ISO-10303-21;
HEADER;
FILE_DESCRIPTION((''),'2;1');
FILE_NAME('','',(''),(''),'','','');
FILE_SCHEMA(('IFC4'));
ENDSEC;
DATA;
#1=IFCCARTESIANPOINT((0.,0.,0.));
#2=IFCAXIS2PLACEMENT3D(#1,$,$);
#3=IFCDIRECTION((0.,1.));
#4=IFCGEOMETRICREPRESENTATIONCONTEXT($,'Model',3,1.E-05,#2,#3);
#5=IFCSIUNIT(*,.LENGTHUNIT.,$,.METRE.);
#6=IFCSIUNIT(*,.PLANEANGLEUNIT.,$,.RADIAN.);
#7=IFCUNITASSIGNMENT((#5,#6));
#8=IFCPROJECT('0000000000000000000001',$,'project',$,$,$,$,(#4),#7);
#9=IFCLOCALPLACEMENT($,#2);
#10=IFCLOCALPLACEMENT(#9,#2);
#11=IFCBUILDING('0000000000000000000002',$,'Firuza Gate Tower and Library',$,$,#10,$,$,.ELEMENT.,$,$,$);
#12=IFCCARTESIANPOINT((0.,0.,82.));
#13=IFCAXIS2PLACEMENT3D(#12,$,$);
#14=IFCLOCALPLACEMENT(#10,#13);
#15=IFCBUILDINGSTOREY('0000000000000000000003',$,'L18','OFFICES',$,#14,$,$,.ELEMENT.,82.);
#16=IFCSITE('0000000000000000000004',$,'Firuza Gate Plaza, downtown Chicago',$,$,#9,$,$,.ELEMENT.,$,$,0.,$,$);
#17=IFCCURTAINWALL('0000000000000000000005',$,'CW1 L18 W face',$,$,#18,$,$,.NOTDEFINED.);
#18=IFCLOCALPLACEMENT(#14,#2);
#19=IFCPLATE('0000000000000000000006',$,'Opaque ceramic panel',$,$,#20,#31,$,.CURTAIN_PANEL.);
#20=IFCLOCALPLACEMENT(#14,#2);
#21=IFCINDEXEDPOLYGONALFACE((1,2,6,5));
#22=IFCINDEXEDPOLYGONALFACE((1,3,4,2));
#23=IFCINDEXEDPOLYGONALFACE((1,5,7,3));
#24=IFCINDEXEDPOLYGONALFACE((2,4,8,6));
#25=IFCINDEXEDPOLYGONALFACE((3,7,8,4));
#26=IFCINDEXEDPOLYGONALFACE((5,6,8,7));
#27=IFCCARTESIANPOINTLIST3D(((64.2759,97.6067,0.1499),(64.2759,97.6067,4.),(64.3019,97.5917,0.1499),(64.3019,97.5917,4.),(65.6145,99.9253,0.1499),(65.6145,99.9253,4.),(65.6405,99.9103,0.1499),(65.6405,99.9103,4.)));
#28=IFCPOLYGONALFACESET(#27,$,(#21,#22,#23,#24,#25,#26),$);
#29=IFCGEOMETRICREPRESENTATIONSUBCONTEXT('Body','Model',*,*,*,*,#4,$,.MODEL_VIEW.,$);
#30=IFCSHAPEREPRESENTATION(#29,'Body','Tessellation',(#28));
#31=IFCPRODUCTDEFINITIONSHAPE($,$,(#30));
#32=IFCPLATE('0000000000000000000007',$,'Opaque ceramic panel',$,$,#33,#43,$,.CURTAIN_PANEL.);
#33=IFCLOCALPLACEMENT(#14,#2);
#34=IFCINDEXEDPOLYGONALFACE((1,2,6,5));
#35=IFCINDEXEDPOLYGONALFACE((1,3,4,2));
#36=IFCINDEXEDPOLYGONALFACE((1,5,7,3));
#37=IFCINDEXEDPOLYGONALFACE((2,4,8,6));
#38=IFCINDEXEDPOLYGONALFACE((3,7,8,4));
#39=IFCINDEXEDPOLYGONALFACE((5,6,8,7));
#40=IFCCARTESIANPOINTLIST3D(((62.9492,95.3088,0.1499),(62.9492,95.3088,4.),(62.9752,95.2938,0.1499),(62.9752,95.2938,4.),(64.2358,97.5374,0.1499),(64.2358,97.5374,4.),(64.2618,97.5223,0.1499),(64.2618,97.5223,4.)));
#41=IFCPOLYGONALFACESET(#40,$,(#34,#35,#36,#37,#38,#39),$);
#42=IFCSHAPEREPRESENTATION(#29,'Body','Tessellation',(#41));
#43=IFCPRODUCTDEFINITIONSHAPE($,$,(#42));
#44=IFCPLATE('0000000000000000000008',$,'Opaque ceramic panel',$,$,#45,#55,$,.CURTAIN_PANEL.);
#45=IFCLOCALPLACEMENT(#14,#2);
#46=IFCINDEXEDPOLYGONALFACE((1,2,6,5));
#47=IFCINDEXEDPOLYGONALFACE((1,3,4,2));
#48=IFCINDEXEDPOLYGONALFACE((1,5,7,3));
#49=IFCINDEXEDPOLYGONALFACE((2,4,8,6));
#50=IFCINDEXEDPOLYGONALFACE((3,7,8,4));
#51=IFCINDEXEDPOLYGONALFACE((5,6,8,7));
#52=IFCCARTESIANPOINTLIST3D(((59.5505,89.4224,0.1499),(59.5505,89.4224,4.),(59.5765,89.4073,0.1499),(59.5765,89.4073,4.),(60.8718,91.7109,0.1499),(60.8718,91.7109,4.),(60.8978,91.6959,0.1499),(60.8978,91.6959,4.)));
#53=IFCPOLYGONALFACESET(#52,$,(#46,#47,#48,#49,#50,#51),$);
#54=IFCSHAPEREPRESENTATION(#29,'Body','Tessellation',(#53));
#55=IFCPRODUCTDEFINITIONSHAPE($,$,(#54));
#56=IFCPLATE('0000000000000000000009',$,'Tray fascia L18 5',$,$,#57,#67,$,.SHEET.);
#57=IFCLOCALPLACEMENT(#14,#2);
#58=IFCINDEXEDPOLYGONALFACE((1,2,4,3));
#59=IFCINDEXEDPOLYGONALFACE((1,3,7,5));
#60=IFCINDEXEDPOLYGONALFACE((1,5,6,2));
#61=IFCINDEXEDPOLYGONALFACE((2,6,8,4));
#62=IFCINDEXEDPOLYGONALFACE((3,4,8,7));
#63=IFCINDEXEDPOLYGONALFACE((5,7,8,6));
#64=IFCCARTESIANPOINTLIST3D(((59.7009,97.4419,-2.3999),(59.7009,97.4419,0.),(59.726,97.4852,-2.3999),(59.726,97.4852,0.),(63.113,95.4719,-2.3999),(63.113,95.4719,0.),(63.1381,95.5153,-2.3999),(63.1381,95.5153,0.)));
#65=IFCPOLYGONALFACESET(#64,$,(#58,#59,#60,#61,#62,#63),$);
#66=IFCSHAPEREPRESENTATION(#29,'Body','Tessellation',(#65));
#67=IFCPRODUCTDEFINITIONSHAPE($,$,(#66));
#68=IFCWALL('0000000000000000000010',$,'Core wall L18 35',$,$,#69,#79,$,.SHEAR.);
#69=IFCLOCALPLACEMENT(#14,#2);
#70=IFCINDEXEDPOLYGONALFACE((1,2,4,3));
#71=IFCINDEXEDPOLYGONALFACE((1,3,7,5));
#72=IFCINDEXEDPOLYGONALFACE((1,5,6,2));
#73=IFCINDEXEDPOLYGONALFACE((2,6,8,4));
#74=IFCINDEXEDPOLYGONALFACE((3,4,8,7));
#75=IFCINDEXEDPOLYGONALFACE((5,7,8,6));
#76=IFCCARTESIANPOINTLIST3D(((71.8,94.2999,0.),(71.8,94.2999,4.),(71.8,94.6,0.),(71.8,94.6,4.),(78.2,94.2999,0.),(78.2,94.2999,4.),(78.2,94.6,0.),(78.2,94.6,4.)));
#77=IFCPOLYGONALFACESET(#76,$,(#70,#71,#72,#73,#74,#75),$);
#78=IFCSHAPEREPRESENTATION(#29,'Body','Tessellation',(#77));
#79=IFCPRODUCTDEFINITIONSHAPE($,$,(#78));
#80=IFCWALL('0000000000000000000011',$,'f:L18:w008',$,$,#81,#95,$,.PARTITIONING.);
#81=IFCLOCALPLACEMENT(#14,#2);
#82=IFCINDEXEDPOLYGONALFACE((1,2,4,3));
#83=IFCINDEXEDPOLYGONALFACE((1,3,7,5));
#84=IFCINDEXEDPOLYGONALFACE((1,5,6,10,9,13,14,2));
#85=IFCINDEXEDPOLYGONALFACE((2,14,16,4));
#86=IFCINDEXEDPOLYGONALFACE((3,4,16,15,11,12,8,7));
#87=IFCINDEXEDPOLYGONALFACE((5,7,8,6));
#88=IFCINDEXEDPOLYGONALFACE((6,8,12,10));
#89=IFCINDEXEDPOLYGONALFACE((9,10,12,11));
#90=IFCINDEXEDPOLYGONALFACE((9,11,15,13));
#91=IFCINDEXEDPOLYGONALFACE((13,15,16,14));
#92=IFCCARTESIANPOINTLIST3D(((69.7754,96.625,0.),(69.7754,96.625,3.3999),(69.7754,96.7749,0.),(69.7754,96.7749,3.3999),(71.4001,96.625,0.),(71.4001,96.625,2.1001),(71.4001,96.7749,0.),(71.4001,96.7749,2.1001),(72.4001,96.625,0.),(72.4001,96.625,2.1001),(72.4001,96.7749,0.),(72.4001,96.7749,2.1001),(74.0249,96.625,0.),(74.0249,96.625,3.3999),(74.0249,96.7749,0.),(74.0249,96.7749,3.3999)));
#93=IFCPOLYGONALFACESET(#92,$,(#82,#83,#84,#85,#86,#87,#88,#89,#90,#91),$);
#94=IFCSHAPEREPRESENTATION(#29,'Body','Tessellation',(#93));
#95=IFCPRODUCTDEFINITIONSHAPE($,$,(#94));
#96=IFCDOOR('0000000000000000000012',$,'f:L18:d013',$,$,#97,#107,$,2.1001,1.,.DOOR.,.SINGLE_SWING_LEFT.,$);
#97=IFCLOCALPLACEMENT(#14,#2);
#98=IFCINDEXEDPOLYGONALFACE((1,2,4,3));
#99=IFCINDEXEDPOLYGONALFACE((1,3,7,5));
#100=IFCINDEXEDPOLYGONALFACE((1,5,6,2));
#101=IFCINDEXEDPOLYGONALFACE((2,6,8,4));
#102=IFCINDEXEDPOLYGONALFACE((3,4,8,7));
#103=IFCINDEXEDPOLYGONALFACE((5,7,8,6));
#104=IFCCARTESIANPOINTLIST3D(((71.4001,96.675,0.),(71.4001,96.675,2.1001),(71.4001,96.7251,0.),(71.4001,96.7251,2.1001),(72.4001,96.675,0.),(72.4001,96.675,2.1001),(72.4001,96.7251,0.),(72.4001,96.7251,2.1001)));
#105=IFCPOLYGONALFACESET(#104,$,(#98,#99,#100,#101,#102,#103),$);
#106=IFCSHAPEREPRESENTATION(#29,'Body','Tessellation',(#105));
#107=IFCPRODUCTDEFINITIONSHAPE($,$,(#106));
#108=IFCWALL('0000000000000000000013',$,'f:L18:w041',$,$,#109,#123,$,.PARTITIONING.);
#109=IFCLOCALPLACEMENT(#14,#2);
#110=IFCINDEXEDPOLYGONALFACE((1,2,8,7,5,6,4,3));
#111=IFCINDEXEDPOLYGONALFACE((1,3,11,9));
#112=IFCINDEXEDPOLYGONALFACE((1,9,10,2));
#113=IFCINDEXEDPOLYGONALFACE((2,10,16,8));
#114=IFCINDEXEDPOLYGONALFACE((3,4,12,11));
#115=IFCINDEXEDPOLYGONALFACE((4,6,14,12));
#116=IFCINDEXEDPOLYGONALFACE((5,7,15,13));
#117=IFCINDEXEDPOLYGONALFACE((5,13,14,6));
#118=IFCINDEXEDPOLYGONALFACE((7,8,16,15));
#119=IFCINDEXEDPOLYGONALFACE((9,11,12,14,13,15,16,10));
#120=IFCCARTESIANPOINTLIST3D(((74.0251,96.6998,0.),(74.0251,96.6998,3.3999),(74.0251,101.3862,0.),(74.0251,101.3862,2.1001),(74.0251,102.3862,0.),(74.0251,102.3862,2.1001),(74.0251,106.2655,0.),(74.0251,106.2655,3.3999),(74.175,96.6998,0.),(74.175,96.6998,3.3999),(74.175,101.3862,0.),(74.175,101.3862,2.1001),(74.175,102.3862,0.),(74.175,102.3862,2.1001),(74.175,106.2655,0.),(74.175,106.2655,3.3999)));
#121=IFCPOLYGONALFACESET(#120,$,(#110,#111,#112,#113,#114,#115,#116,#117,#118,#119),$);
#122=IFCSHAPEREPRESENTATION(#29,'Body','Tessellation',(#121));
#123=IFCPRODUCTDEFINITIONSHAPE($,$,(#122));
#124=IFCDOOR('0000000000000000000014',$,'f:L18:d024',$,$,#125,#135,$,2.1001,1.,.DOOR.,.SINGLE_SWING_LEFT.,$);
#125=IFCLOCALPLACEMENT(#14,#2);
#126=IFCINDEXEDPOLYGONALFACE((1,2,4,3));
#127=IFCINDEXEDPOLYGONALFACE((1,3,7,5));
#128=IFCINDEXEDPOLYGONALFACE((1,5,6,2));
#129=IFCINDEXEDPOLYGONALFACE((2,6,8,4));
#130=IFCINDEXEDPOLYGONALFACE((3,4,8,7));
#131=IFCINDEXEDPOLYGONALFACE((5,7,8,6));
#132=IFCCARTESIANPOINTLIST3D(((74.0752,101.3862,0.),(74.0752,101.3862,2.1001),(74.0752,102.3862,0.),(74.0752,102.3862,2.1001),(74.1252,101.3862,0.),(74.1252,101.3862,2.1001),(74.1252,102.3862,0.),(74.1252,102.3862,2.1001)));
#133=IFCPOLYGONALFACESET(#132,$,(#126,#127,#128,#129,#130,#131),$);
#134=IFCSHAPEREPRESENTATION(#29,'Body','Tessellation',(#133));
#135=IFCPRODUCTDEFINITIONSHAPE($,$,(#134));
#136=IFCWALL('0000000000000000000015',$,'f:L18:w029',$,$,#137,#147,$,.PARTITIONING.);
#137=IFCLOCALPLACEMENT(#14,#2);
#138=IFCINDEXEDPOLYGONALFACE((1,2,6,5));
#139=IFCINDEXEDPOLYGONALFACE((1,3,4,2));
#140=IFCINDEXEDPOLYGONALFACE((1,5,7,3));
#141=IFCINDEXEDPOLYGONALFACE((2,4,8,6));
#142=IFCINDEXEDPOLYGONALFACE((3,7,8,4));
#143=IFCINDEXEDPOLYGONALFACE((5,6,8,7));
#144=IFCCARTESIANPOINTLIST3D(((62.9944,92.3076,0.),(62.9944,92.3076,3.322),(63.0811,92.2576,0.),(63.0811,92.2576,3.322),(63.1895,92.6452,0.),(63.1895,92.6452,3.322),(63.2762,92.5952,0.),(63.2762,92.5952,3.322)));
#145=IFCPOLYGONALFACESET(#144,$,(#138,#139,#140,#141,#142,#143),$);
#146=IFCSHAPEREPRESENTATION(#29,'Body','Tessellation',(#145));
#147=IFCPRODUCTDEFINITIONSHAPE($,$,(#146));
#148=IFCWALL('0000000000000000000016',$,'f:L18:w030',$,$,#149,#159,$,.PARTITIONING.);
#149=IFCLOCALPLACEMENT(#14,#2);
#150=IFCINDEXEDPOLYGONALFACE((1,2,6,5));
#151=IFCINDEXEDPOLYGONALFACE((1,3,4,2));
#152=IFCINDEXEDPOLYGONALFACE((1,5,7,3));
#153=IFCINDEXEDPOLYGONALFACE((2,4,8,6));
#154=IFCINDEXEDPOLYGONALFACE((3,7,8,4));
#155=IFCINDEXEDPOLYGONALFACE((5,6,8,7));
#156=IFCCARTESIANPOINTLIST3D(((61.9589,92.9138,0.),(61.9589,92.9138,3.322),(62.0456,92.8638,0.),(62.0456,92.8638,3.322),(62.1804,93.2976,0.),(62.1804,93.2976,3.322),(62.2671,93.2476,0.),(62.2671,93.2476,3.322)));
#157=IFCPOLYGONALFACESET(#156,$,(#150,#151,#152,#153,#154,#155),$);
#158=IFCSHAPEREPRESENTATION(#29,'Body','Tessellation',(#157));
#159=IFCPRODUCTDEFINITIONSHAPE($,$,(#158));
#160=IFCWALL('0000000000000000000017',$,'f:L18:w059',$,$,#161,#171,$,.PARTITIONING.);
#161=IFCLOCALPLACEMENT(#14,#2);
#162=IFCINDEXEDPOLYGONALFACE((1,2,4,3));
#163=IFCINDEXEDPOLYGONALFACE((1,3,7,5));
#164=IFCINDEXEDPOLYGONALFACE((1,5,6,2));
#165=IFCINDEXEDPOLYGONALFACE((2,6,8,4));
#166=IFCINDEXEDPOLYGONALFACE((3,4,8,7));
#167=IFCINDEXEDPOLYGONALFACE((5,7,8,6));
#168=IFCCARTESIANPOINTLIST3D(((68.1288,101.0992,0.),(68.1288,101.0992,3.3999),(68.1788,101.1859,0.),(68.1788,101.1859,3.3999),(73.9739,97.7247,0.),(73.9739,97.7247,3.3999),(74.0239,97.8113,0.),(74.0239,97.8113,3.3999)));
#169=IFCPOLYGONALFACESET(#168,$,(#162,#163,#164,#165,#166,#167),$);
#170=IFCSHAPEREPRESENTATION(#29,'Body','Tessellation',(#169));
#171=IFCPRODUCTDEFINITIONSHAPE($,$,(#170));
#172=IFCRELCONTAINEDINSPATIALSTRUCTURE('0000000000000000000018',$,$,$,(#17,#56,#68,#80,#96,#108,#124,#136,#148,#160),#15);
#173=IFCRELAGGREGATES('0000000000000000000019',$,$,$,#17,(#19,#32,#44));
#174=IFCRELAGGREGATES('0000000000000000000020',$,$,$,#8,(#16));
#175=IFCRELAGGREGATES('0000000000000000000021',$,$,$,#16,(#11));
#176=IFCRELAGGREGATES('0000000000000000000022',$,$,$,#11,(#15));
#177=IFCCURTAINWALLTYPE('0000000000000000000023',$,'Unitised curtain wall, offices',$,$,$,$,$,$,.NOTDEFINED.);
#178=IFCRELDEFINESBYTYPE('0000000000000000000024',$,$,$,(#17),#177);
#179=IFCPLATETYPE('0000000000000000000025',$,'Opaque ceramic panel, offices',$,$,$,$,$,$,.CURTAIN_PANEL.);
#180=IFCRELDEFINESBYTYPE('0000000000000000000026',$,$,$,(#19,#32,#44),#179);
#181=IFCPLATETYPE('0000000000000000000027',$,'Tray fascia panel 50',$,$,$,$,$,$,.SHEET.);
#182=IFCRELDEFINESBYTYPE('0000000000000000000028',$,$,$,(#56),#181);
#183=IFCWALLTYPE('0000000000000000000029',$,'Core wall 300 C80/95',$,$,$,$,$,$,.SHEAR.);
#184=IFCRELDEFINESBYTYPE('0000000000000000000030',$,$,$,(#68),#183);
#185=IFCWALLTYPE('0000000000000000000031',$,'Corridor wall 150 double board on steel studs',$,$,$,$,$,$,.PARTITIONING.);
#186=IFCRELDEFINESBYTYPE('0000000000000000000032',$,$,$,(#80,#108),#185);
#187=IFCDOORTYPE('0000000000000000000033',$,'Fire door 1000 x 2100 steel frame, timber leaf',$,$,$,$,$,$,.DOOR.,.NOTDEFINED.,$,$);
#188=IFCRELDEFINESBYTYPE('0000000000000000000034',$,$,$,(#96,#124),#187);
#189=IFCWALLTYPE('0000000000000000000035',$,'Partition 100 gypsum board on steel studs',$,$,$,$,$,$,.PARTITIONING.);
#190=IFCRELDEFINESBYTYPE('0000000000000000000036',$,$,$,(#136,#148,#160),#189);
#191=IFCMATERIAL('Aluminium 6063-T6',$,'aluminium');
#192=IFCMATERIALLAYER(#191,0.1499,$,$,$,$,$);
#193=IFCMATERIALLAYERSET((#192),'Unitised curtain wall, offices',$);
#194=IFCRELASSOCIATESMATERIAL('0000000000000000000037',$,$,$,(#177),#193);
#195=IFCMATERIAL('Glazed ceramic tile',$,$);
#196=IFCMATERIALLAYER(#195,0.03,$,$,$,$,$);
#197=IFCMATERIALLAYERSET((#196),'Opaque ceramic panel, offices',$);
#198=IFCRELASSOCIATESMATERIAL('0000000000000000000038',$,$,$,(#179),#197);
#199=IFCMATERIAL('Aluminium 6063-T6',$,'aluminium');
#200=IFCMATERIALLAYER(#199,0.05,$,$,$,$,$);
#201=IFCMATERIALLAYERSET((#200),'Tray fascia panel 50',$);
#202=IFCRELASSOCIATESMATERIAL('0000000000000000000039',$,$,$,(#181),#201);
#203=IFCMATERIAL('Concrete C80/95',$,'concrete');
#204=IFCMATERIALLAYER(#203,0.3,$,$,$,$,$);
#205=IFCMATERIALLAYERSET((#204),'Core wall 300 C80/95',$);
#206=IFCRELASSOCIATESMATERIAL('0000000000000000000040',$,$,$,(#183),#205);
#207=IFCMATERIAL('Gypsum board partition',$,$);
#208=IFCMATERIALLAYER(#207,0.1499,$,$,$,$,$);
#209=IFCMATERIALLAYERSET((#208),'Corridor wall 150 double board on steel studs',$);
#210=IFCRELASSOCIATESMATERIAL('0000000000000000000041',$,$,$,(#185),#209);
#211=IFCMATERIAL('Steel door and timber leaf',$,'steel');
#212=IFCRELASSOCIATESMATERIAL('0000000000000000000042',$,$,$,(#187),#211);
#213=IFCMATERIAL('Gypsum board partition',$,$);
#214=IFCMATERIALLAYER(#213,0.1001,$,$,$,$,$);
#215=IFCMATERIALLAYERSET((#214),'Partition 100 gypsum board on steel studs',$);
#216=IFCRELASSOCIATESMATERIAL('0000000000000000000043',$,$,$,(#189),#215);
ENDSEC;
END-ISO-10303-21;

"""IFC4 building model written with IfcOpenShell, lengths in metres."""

from ifc_helpers import new_model, si_unit, direction, frame, frame_2d, origin, place, context, subcontext, project, spatial, polyline, rectangle, outline, extrude, material, layer, layer_set, type_object, element, fill, aggregate, save


model = new_model("IFC4")

# Units and contexts
model_context = context("Model", 3, precision=1e-05, world=origin(), true_north=direction((0.0, 1.0)))
body_context = subcontext(model_context, "Body", "Model", "MODEL_VIEW")
ifc_project = project(units=[si_unit("LENGTHUNIT", "METRE"), si_unit("PLANEANGLEUNIT", "RADIAN")], contexts=[model_context])

# Site, building, storey
site_placement = place(None, origin())
site = spatial("IfcSite", under=ifc_project, at=site_placement, Name="Firuza Gate Plaza, downtown Chicago", CompositionType="ELEMENT", RefElevation=0.0)
building_placement = place(site_placement, origin())
building = spatial("IfcBuilding", under=site, at=building_placement, Name="Firuza Gate Tower and Library", CompositionType="ELEMENT")
storey_placement = place(building_placement, frame((0.0, 0.0, 82.0)))
storey = spatial("IfcBuildingStorey", under=building, at=storey_placement, Name="L18", Description="OFFICES", CompositionType="ELEMENT", Elevation=82.0)

# Curtain wall
ifc_material_1 = material(Name="Aluminium 6063-T6", Category="aluminium")
ifc_layer_1 = layer(ifc_material_1, 0.1499)
ifc_layer_set_1 = layer_set([ifc_layer_1], Name="Unitised curtain wall, offices")
curtain_wall_type = type_object("IfcCurtainWallType", Name="Unitised curtain wall, offices", PredefinedType="NOTDEFINED", material=ifc_layer_set_1)
placement = place(storey_placement, origin())
curtain_wall = element("IfcCurtainWall", 1, at=placement, inside=storey, type_object=curtain_wall_type, Name="CW1 L18 W face", PredefinedType="NOTDEFINED")

# Plates
ifc_material_2 = material(Name="Glazed ceramic tile")
ifc_layer_2 = layer(ifc_material_2, 0.03)
ifc_layer_set_2 = layer_set([ifc_layer_2], Name="Opaque ceramic panel, offices")
plate_type_1 = type_object("IfcPlateType", Name="Opaque ceramic panel, offices", PredefinedType="CURTAIN_PANEL", material=ifc_layer_set_2)
plate_1_placement = place(storey_placement, frame((65.6145, 99.9253, 0.1499), z_axis=(-0.866029, 0.499993, 0.0), x_axis=(-0.499993, -0.866029, 0.0)))
plate_1 = element("IfcPlate", 2, at=plate_1_placement, type_object=plate_type_1, Name="Opaque ceramic panel", PredefinedType="CURTAIN_PANEL", context=body_context, shape_type="SweptSolid", body=[
    extrude(outline(polyline([(0.0, 0.0), (2.6773, 0.0), (2.6773, 3.8501), (0.0, 3.8501), (0.0, 0.0)])), origin(), (0.0, 0.0, -1.0), 0.03),
])
plate_2_placement = place(storey_placement, frame((64.2358, 97.5374, 0.1499), z_axis=(-0.866028, 0.499996, 0.0), x_axis=(-0.499996, -0.866028, 0.0)))
plate_2 = element("IfcPlate", 3, at=plate_2_placement, type_object=plate_type_1, Name="Opaque ceramic panel", PredefinedType="CURTAIN_PANEL", context=body_context, shape_type="SweptSolid", body=[
    extrude(outline(polyline([(0.0, 0.0), (2.5733, 0.0), (2.5733, 3.8501), (0.0, 3.8501), (0.0, 0.0)])), origin(), (0.0, 0.0, -1.0), 0.03),
])
plate_3_placement = place(storey_placement, frame((60.8718, 91.7109, 0.1499), z_axis=(-0.866029, 0.499994, 0.0), x_axis=(-0.499994, -0.866029, 0.0)))
plate_3 = element("IfcPlate", 4, at=plate_3_placement, type_object=plate_type_1, Name="Opaque ceramic panel", PredefinedType="CURTAIN_PANEL", context=body_context, shape_type="SweptSolid", body=[
    extrude(outline(polyline([(0.0, 0.0), (2.6426, 0.0), (2.6426, 3.8501), (0.0, 3.8501), (0.0, 0.0)])), origin(), (0.0, 0.0, -1.0), 0.03),
])
aggregate(curtain_wall, [plate_1, plate_2, plate_3])
ifc_material_3 = material(Name="Aluminium 6063-T6", Category="aluminium")
ifc_layer_3 = layer(ifc_material_3, 0.05)
ifc_layer_set_3 = layer_set([ifc_layer_3], Name="Tray fascia panel 50")
plate_type_2 = type_object("IfcPlateType", Name="Tray fascia panel 50", PredefinedType="SHEET", material=ifc_layer_set_3)
plate_4_placement = place(storey_placement, frame((59.7009, 97.4419, -2.3999), z_axis=(-0.499998, -0.866027, 0.0), x_axis=(0.866027, -0.499998, 0.0)))
element("IfcPlate", 5, at=plate_4_placement, inside=storey, type_object=plate_type_2, Name="Tray fascia L18 5", PredefinedType="SHEET", context=body_context, shape_type="SweptSolid", body=[
    extrude(outline(polyline([(0.0, 0.0), (3.94, 0.0), (3.94, 2.3999), (0.0, 2.3999), (0.0, 0.0)])), origin(), (0.0, 0.0, -1.0), 0.05),
])

# Wall
ifc_material_4 = material(Name="Concrete C80/95", Category="concrete")
ifc_layer_4 = layer(ifc_material_4, 0.3)
ifc_layer_set_4 = layer_set([ifc_layer_4], Name="Core wall 300 C80/95")
wall_type_1 = type_object("IfcWallType", Name="Core wall 300 C80/95", PredefinedType="SHEAR", material=ifc_layer_set_4)
wall_1_placement = place(storey_placement, frame((71.8, 94.45, 0.0), z_axis=(0.0, 0.0, 1.0), x_axis=(1.0, 0.0, 0.0)))
element("IfcWall", 6, at=wall_1_placement, inside=storey, type_object=wall_type_1, Name="Core wall L18 35", PredefinedType="SHEAR", context=body_context, shape_type="SweptSolid", body=[
    extrude(rectangle(XDim=6.3999, YDim=0.3, at=frame_2d((3.2, 0.0))), origin(), (0.0, 0.0, 1.0), 4.0),
])

# Walls, openings, doors
ifc_material_5 = material(Name="Gypsum board partition")
ifc_layer_5 = layer(ifc_material_5, 0.1499)
ifc_layer_set_5 = layer_set([ifc_layer_5], Name="Corridor wall 150 double board on steel studs")
wall_type_2 = type_object("IfcWallType", Name="Corridor wall 150 double board on steel studs", PredefinedType="PARTITIONING", material=ifc_layer_set_5)
wall_2_placement = place(storey_placement, frame((74.0249, 96.7, 0.0), z_axis=(0.0, 0.0, 1.0), x_axis=(-1.0, 0.0, 0.0)))
wall_2 = element("IfcWall", 7, at=wall_2_placement, inside=storey, type_object=wall_type_2, Name="f:L18:w008", PredefinedType="PARTITIONING", context=body_context, shape_type="SweptSolid", body=[
    extrude(rectangle(XDim=4.2495, YDim=0.1499, at=frame_2d((2.1248, 0.0))), origin(), (0.0, 0.0, 1.0), 3.3999),
])
opening_1_placement = place(wall_2_placement, frame((1.6248, 0.0, 0.0)))
opening_1 = element("IfcOpeningElement", 8, at=opening_1_placement, cuts=wall_2, PredefinedType="OPENING", context=body_context, shape_type="SweptSolid", body=[
    extrude(rectangle(XDim=1.0, YDim=2.1001, at=frame_2d((0.5, 1.05))), frame((0.0, 0.085, 0.0), z_axis=(0.0, -1.0, 0.0), x_axis=(1.0, 0.0, 0.0)), (0.0, 0.0, 1.0), 0.1699),
])
ifc_material_6 = material(Name="Steel door and timber leaf", Category="steel")
door_type = type_object("IfcDoorType", Name="Fire door 1000 x 2100 steel frame, timber leaf", OperationType="NOTDEFINED", PredefinedType="DOOR", material=ifc_material_6)
door_1_placement = place(opening_1_placement, origin())
door_1 = element("IfcDoor", 9, at=door_1_placement, inside=storey, type_object=door_type, Name="f:L18:d013", OperationType="SINGLE_SWING_LEFT", OverallHeight=2.1001, OverallWidth=1.0, PredefinedType="DOOR", context=body_context, shape_type="SweptSolid", body=[
    extrude(rectangle(XDim=1.0, YDim=2.1001, at=frame_2d((0.5, 1.05))), frame((0.0, 0.0249, 0.0), z_axis=(0.0, -1.0, 0.0), x_axis=(1.0, 0.0, 0.0)), (0.0, 0.0, 1.0), 0.05),
])
fill(opening_1, door_1)
wall_3_placement = place(storey_placement, frame((74.1001, 96.7, 0.0), z_axis=(0.0, 0.0, 1.0), x_axis=(0.0, 1.0, 0.0)))
wall_3 = element("IfcWall", 10, at=wall_3_placement, inside=storey, type_object=wall_type_2, Name="f:L18:w041", PredefinedType="PARTITIONING", context=body_context, shape_type="SweptSolid", body=[
    extrude(rectangle(XDim=9.5657, YDim=0.1499, at=frame_2d((4.7827, 0.0))), origin(), (0.0, 0.0, 1.0), 3.3999),
])
opening_2_placement = place(wall_3_placement, frame((4.6863, 0.0, 0.0)))
opening_2 = element("IfcOpeningElement", 11, at=opening_2_placement, cuts=wall_3, PredefinedType="OPENING", context=body_context, shape_type="SweptSolid", body=[
    extrude(rectangle(XDim=1.0, YDim=2.1001, at=frame_2d((0.5, 1.05))), frame((0.0, 0.085, 0.0), z_axis=(0.0, -1.0, 0.0), x_axis=(1.0, 0.0, 0.0)), (0.0, 0.0, 1.0), 0.1699),
])
door_2_placement = place(opening_2_placement, origin())
door_2 = element("IfcDoor", 12, at=door_2_placement, inside=storey, type_object=door_type, Name="f:L18:d024", OperationType="SINGLE_SWING_LEFT", OverallHeight=2.1001, OverallWidth=1.0, PredefinedType="DOOR", context=body_context, shape_type="SweptSolid", body=[
    extrude(rectangle(XDim=1.0, YDim=2.1001, at=frame_2d((0.5, 1.05))), frame((0.0, 0.0249, 0.0), z_axis=(0.0, -1.0, 0.0), x_axis=(1.0, 0.0, 0.0)), (0.0, 0.0, 1.0), 0.05),
])
fill(opening_2, door_2)

# Walls
ifc_material_7 = material(Name="Gypsum board partition")
ifc_layer_6 = layer(ifc_material_7, 0.1001)
ifc_layer_set_6 = layer_set([ifc_layer_6], Name="Partition 100 gypsum board on steel studs")
wall_type_3 = type_object("IfcWallType", Name="Partition 100 gypsum board on steel studs", PredefinedType="PARTITIONING", material=ifc_layer_set_6)
wall_4_placement = place(storey_placement, frame((63.0378, 92.2827, 0.0), z_axis=(0.0, 0.0, 1.0), x_axis=(0.500246, 0.865883, 0.0)))
element("IfcWall", 13, at=wall_4_placement, inside=storey, type_object=wall_type_3, Name="f:L18:w029", PredefinedType="PARTITIONING", context=body_context, shape_type="SweptSolid", body=[
    extrude(rectangle(XDim=0.3899, YDim=0.1001, at=frame_2d((0.1948, 0.0))), origin(), (0.0, 0.0, 1.0), 3.322),
])
wall_5_placement = place(storey_placement, frame((62.0022, 92.8887, 0.0), z_axis=(0.0, 0.0, 1.0), x_axis=(0.499754, 0.866167, 0.0)))
element("IfcWall", 14, at=wall_5_placement, inside=storey, type_object=wall_type_3, Name="f:L18:w030", PredefinedType="PARTITIONING", context=body_context, shape_type="SweptSolid", body=[
    extrude(rectangle(XDim=0.4431, YDim=0.1001, at=frame_2d((0.2217, 0.0))), origin(), (0.0, 0.0, 1.0), 3.322),
])
wall_6_placement = place(storey_placement, frame((73.9988, 97.7681, 0.0), z_axis=(0.0, 0.0, 1.0), x_axis=(-0.866031, 0.499991, 0.0)))
element("IfcWall", 15, at=wall_6_placement, inside=storey, type_object=wall_type_3, Name="f:L18:w059", PredefinedType="PARTITIONING", context=body_context, shape_type="SweptSolid", body=[
    extrude(rectangle(XDim=6.7493, YDim=0.1001, at=frame_2d((3.3745, 0.0))), origin(), (0.0, 0.0, 1.0), 3.3999),
])

save(model, "model.ifc")
